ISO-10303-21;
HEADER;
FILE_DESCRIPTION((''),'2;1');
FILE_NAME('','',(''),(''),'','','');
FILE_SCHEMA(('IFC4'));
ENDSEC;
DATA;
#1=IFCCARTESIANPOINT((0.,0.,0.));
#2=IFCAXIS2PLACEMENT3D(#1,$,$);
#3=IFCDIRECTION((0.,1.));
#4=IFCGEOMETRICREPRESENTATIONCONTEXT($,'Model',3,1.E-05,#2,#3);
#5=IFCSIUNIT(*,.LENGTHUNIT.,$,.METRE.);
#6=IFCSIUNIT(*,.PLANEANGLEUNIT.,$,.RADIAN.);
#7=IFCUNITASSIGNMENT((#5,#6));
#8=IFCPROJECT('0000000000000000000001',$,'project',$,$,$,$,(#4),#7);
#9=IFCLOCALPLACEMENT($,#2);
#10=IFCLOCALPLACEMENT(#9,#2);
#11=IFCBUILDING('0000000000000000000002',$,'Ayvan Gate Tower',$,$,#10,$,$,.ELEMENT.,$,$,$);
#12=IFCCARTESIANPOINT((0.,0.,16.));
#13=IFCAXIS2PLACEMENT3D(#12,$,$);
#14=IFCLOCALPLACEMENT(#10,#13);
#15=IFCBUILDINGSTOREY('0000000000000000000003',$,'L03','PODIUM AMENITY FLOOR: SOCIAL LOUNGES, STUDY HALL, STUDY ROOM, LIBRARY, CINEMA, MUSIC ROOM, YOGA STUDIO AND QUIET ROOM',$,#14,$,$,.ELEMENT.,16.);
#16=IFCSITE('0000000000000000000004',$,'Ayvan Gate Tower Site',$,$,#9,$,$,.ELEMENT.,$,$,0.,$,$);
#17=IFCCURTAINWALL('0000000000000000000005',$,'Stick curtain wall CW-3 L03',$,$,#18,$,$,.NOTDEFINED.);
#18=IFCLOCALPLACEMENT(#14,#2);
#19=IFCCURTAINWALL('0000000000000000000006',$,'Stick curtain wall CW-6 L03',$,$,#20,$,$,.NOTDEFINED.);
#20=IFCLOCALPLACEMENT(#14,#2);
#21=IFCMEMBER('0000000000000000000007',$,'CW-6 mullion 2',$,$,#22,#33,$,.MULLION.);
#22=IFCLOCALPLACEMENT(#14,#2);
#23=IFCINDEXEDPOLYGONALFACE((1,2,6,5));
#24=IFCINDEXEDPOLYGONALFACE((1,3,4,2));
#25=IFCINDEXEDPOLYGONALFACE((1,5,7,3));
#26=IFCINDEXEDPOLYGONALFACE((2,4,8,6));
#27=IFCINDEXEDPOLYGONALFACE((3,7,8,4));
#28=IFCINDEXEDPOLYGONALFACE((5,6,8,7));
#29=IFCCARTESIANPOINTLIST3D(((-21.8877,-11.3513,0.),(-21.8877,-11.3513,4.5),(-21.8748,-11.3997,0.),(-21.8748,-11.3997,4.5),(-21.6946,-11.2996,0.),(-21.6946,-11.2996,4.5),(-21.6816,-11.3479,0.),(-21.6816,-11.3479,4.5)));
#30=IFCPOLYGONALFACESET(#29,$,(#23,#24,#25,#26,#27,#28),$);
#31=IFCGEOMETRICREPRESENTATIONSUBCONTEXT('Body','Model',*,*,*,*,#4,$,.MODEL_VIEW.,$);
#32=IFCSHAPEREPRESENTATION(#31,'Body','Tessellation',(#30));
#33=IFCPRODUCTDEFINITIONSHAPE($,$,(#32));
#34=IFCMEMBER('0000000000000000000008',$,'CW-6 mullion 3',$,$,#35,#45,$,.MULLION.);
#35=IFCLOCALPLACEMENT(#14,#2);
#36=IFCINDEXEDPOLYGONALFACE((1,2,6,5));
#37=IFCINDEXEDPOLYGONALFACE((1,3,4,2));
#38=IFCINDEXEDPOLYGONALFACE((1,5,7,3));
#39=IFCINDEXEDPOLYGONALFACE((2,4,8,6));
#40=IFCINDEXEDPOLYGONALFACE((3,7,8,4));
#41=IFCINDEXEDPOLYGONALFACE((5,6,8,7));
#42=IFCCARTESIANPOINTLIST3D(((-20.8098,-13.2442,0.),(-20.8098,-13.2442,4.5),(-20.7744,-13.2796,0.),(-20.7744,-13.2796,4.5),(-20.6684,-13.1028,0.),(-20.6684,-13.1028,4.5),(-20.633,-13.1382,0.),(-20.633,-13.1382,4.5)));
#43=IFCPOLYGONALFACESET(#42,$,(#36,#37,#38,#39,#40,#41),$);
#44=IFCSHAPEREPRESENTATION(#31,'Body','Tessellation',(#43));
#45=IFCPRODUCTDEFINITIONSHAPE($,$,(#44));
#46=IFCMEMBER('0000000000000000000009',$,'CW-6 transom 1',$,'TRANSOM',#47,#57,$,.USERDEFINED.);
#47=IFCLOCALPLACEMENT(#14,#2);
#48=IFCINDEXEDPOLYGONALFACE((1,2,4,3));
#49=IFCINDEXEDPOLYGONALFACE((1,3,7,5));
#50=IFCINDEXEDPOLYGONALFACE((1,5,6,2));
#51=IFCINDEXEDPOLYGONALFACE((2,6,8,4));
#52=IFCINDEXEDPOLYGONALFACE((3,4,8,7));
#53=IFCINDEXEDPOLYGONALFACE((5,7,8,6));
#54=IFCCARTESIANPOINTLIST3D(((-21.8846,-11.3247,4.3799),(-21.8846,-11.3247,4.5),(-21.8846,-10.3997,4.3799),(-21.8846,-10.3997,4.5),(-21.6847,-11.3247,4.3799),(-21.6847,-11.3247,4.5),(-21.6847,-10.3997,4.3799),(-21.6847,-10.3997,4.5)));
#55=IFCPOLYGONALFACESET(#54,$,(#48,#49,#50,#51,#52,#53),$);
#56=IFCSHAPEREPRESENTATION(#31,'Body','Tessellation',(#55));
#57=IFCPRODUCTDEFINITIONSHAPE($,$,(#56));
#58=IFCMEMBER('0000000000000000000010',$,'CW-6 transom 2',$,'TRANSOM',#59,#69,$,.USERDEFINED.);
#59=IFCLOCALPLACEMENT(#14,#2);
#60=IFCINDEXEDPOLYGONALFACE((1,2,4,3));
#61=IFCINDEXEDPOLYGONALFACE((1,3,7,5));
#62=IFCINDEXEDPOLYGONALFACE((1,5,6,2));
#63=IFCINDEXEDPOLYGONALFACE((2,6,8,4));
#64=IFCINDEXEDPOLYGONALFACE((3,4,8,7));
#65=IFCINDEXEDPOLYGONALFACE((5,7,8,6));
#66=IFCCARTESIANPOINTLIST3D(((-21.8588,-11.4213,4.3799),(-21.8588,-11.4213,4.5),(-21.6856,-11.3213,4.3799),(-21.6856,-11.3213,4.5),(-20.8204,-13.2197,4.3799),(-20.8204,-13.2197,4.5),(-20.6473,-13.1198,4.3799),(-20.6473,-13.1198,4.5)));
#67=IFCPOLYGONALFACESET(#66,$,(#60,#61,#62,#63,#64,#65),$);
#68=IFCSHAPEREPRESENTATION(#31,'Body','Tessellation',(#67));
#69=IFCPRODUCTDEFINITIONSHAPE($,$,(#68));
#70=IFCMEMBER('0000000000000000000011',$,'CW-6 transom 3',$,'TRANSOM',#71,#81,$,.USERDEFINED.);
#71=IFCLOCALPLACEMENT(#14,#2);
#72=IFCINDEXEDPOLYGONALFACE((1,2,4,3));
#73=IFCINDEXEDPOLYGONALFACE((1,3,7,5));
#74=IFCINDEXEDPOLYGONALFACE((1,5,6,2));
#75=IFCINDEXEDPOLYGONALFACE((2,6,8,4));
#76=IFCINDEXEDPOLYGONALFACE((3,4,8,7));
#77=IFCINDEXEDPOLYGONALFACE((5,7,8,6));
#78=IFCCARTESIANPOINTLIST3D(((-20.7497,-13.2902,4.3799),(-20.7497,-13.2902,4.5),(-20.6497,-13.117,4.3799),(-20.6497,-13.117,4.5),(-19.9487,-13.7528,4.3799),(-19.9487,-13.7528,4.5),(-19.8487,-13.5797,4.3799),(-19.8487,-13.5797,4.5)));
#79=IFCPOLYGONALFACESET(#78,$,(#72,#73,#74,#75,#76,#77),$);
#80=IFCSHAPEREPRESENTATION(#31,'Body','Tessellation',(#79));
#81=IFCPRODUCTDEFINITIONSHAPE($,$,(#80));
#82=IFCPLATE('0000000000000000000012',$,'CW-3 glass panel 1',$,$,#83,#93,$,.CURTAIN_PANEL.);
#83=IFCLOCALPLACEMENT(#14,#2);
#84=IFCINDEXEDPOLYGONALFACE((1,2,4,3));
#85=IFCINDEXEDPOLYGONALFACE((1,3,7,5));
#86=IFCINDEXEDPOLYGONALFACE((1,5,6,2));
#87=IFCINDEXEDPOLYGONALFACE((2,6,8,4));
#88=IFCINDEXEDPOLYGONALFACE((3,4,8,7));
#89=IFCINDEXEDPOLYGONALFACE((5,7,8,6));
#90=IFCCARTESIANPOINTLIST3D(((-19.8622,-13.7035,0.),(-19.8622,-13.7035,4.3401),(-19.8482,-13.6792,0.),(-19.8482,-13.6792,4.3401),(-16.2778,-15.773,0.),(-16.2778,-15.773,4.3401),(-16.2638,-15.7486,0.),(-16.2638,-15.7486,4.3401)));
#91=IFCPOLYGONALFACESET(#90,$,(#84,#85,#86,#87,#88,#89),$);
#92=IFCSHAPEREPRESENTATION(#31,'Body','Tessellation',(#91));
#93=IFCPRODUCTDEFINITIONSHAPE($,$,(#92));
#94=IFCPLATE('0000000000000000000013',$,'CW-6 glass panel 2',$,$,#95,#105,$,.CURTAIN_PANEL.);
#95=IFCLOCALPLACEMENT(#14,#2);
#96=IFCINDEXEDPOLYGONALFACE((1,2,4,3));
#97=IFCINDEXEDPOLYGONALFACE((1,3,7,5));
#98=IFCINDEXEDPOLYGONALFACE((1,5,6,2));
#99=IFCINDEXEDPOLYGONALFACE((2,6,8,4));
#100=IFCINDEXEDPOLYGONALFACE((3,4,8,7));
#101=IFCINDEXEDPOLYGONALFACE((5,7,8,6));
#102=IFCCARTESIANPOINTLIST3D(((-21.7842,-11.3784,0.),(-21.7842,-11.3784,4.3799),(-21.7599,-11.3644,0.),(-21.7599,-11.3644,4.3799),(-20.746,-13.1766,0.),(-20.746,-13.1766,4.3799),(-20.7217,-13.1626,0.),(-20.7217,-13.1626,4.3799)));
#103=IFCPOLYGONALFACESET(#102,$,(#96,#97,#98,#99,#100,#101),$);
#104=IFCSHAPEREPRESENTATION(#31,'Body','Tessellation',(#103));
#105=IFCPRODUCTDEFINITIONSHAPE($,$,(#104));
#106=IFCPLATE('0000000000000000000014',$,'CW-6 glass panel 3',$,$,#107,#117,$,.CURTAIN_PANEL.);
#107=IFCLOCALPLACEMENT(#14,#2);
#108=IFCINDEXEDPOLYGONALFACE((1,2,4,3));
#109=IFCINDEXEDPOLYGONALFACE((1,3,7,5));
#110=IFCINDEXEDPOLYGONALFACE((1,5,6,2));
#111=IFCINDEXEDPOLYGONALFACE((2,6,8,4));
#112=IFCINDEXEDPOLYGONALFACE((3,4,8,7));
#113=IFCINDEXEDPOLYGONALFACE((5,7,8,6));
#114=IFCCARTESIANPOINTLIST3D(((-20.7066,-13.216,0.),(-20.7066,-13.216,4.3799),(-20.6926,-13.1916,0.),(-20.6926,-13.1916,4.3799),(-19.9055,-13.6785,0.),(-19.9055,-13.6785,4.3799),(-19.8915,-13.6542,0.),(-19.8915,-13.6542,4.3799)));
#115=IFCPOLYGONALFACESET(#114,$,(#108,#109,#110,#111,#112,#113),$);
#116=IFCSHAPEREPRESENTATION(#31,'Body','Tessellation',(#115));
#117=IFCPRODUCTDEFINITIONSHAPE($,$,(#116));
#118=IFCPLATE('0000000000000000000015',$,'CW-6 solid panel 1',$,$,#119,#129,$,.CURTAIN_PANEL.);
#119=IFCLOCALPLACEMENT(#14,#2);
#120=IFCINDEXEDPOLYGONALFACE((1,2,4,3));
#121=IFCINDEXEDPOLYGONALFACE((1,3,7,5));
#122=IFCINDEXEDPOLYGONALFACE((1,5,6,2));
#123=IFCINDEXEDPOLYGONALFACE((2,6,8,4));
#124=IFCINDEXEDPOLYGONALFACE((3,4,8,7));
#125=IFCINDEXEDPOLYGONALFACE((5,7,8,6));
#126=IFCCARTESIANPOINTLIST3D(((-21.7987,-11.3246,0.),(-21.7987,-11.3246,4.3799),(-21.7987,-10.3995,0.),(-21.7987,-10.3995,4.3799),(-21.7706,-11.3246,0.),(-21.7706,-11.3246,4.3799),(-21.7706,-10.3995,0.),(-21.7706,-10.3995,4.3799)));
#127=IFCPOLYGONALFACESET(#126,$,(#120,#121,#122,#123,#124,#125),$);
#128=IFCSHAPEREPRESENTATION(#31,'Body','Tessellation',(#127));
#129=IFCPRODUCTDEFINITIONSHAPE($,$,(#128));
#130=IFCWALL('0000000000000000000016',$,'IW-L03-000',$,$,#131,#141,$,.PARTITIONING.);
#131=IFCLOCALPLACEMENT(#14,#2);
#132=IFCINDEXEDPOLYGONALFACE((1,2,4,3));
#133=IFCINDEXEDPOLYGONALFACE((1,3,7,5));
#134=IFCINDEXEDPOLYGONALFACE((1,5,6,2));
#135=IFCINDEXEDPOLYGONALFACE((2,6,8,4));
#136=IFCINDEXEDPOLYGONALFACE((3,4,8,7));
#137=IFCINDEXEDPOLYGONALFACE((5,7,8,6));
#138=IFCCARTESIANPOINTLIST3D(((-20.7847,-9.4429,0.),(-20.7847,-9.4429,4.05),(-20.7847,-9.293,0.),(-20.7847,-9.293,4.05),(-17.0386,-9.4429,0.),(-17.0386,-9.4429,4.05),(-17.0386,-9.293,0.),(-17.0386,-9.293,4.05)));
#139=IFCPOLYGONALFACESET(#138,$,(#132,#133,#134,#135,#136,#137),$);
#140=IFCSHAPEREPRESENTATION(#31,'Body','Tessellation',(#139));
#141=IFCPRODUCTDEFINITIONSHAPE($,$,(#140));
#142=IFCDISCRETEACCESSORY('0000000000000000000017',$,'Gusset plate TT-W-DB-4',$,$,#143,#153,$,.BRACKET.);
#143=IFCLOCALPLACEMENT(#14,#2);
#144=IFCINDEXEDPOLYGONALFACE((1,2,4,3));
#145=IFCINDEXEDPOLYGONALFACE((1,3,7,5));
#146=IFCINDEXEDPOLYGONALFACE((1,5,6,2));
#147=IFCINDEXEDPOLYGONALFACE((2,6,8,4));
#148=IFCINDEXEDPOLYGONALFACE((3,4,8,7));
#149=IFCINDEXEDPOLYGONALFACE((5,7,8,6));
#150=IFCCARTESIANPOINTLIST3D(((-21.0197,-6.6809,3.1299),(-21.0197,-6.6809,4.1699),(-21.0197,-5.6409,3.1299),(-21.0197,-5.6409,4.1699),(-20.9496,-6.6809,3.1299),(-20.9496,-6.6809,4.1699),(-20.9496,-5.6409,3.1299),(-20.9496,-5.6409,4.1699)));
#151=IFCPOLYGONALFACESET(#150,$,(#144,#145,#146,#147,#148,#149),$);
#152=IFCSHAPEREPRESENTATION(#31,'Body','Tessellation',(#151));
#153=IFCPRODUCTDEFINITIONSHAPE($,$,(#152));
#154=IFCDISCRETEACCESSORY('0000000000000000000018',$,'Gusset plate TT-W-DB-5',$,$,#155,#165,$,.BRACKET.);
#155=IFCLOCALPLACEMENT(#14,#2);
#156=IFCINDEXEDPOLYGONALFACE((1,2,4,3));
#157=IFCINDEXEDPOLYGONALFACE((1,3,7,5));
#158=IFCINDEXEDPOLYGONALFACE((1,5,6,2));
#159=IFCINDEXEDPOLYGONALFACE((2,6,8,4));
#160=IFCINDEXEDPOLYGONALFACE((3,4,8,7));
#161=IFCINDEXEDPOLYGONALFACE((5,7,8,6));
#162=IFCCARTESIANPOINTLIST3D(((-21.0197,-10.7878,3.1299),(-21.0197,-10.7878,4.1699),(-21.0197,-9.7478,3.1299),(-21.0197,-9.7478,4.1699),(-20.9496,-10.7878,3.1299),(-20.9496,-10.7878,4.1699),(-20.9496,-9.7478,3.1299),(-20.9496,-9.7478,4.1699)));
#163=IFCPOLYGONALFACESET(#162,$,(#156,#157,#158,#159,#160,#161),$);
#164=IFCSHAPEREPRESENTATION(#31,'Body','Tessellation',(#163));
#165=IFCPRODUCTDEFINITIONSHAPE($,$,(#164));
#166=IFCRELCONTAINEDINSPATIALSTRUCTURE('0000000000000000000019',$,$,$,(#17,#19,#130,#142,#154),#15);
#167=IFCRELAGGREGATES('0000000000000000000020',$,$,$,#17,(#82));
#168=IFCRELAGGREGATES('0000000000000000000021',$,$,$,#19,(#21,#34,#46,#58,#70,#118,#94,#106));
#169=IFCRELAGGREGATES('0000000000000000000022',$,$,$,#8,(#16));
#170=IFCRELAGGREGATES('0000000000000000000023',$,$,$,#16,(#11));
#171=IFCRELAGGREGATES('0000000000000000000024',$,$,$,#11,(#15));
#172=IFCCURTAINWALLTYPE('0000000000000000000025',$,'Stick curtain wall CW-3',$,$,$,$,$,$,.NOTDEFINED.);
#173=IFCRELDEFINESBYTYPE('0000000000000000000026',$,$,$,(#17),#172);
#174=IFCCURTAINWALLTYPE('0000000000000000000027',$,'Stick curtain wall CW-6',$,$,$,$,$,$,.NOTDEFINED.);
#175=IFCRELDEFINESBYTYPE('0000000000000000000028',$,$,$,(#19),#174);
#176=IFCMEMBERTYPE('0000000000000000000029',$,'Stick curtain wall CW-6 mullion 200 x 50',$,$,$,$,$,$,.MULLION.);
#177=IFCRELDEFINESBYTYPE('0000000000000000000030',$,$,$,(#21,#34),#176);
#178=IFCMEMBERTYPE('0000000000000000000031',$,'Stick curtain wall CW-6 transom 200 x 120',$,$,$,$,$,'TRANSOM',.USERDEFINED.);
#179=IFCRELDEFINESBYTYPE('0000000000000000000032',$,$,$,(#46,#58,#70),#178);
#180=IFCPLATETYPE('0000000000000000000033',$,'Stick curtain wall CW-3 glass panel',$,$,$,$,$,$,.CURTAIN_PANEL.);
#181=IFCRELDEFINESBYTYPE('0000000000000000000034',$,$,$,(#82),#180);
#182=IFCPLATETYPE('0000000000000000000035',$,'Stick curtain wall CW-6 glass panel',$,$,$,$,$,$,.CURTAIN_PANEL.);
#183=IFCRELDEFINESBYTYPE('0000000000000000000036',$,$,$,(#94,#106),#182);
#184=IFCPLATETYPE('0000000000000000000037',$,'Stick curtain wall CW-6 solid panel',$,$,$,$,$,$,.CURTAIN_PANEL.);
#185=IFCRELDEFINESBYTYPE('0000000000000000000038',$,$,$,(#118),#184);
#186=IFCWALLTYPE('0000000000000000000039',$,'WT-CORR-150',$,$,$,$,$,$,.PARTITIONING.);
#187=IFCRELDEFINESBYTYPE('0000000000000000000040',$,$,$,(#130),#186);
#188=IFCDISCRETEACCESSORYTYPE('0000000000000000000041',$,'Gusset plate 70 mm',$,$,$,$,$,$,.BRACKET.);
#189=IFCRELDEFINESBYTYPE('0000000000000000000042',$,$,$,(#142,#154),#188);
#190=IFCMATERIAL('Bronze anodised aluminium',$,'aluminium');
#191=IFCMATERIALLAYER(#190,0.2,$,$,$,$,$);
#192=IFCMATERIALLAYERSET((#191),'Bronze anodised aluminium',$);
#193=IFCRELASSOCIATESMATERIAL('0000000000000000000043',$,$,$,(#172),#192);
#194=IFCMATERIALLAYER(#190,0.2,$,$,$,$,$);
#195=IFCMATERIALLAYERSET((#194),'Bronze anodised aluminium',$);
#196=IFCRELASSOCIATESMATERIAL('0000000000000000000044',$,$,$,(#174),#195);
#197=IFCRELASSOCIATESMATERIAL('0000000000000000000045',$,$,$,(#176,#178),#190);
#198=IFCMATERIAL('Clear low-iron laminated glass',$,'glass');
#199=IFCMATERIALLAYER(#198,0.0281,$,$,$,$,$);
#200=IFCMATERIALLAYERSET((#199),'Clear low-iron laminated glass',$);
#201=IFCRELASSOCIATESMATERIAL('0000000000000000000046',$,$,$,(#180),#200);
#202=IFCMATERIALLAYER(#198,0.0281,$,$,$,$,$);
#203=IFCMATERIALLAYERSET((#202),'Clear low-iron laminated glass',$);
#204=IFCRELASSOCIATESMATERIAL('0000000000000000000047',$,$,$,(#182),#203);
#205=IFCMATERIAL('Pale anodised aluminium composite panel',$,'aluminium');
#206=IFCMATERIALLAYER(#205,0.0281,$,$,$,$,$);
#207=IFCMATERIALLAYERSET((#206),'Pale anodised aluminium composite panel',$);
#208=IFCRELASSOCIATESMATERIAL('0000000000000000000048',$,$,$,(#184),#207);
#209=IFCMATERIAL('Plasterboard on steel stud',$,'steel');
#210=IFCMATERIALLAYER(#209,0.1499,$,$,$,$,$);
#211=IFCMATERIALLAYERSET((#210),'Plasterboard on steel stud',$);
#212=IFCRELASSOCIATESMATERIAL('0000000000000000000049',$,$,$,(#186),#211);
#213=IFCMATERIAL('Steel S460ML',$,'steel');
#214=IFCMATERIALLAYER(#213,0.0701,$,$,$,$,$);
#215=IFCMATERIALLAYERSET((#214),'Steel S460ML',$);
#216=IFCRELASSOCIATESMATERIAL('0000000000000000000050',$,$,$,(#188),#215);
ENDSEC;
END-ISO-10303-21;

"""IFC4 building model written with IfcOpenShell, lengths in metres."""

from ifc_helpers import new_model, si_unit, direction, frame, frame_2d, origin, origin_2d, place, context, subcontext, project, spatial, rectangle, extrude, material, layer, layer_set, material_profile, profile_set, type_object, element, aggregate, save


model = new_model("IFC4")

# Units and contexts
model_context = context("Model", 3, precision=1e-05, world=origin(), true_north=direction((0.0, 1.0)))
body_context = subcontext(model_context, "Body", "Model", "MODEL_VIEW")
ifc_project = project(units=[si_unit("LENGTHUNIT", "METRE"), si_unit("PLANEANGLEUNIT", "RADIAN")], contexts=[model_context])

# Site, building, storey
site_placement = place(None, origin())
site = spatial("IfcSite", under=ifc_project, at=site_placement, Name="Ayvan Gate Tower Site", CompositionType="ELEMENT", RefElevation=0.0)
building_placement = place(site_placement, origin())
building = spatial("IfcBuilding", under=site, at=building_placement, Name="Ayvan Gate Tower", CompositionType="ELEMENT")
storey_placement = place(building_placement, frame((0.0, 0.0, 16.0)))
storey = spatial("IfcBuildingStorey", under=building, at=storey_placement, Name="L03", Description="PODIUM AMENITY FLOOR: SOCIAL LOUNGES, STUDY HALL, STUDY ROOM, LIBRARY, CINEMA, MUSIC ROOM, YOGA STUDIO AND QUIET ROOM", CompositionType="ELEMENT", Elevation=16.0)

# Curtain walls, members
ifc_material_1 = material(Name="Bronze anodised aluminium", Category="aluminium")
ifc_layer_1 = layer(ifc_material_1, 0.2)
ifc_layer_set_1 = layer_set([ifc_layer_1], Name="Bronze anodised aluminium")
curtain_wall_type_1 = type_object("IfcCurtainWallType", Name="Stick curtain wall CW-3", PredefinedType="NOTDEFINED", material=ifc_layer_set_1)
curtain_wall_1_placement = place(storey_placement, origin())
curtain_wall_1 = element("IfcCurtainWall", 1, at=curtain_wall_1_placement, inside=storey, type_object=curtain_wall_type_1, Name="Stick curtain wall CW-3 L03", PredefinedType="NOTDEFINED")
ifc_layer_2 = layer(ifc_material_1, 0.2)
ifc_layer_set_2 = layer_set([ifc_layer_2], Name="Bronze anodised aluminium")
curtain_wall_type_2 = type_object("IfcCurtainWallType", Name="Stick curtain wall CW-6", PredefinedType="NOTDEFINED", material=ifc_layer_set_2)
curtain_wall_2_placement = place(storey_placement, origin())
curtain_wall_2 = element("IfcCurtainWall", 2, at=curtain_wall_2_placement, inside=storey, type_object=curtain_wall_type_2, Name="Stick curtain wall CW-6 L03", PredefinedType="NOTDEFINED")
ifc_material_profile_1 = material_profile(ifc_material_1, rectangle(XDim=0.2, YDim=0.05, at=origin_2d()), Name="Stick curtain wall CW-6 mullion 200 x 50")
ifc_profile_set_1 = profile_set([ifc_material_profile_1], Name="Bronze anodised aluminium")
member_type_1 = type_object("IfcMemberType", Name="Stick curtain wall CW-6 mullion 200 x 50", PredefinedType="MULLION", material=ifc_profile_set_1)
member_1_placement = place(storey_placement, frame((-21.7847, -11.3496, 0.0), z_axis=(0.0, 0.0, 1.0), x_axis=(-0.965926, -0.258819, 0.0)))
member_1 = element("IfcMember", 3, at=member_1_placement, type_object=member_type_1, Name="CW-6 mullion 2", PredefinedType="MULLION", context=body_context, shape_type="SweptSolid", body=[
    extrude(rectangle(XDim=0.2, YDim=0.05, at=origin_2d()), origin(), (0.0, 0.0, 1.0), 4.5),
])
member_2_placement = place(storey_placement, frame((-20.7214, -13.1912, 0.0), z_axis=(0.0, 0.0, 1.0), x_axis=(-0.707107, -0.707107, 0.0)))
member_2 = element("IfcMember", 4, at=member_2_placement, type_object=member_type_1, Name="CW-6 mullion 3", PredefinedType="MULLION", context=body_context, shape_type="SweptSolid", body=[
    extrude(rectangle(XDim=0.2, YDim=0.05, at=origin_2d()), origin(), (0.0, 0.0, 1.0), 4.5),
])
ifc_material_profile_2 = material_profile(ifc_material_1, rectangle(XDim=0.2, YDim=0.1201, at=origin_2d()), Name="Stick curtain wall CW-6 transom 200 x 120")
ifc_profile_set_2 = profile_set([ifc_material_profile_2], Name="Bronze anodised aluminium")
member_type_2 = type_object("IfcMemberType", Name="Stick curtain wall CW-6 transom 200 x 120", ElementType="TRANSOM", PredefinedType="USERDEFINED", material=ifc_profile_set_2)
member_3_placement = place(storey_placement, frame((-21.7847, -10.3997, 4.4399), z_axis=(0.0, -1.0, 0.0), x_axis=(1.0, 0.0, 0.0)))
member_3 = element("IfcMember", 5, at=member_3_placement, type_object=member_type_2, Name="CW-6 transom 1", ObjectType="TRANSOM", PredefinedType="USERDEFINED", context=body_context, shape_type="SweptSolid", body=[
    extrude(rectangle(XDim=0.2, YDim=0.1201, at=origin_2d()), origin(), (0.0, 0.0, 1.0), 0.925),
])
member_4_placement = place(storey_placement, frame((-21.7722, -11.3713, 4.4399), z_axis=(0.500021, -0.866013, 0.0), x_axis=(0.866013, 0.500021, 0.0)))
member_4 = element("IfcMember", 6, at=member_4_placement, type_object=member_type_2, Name="CW-6 transom 2", ObjectType="TRANSOM", PredefinedType="USERDEFINED", context=body_context, shape_type="SweptSolid", body=[
    extrude(rectangle(XDim=0.2, YDim=0.1201, at=origin_2d()), origin(), (0.0, 0.0, 1.0), 2.0767),
])
member_5_placement = place(storey_placement, frame((-20.6997, -13.2036, 4.4399), z_axis=(0.865944, -0.500141, 0.0), x_axis=(0.500141, 0.865944, 0.0)))
member_5 = element("IfcMember", 7, at=member_5_placement, type_object=member_type_2, Name="CW-6 transom 3", ObjectType="TRANSOM", PredefinedType="USERDEFINED", context=body_context, shape_type="SweptSolid", body=[
    extrude(rectangle(XDim=0.2, YDim=0.1201, at=origin_2d()), origin(), (0.0, 0.0, 1.0), 0.925),
])

# Plates
ifc_material_2 = material(Name="Clear low-iron laminated glass", Category="glass")
ifc_layer_3 = layer(ifc_material_2, 0.0281)
ifc_layer_set_3 = layer_set([ifc_layer_3], Name="Clear low-iron laminated glass")
plate_type_1 = type_object("IfcPlateType", Name="Stick curtain wall CW-3 glass panel", PredefinedType="CURTAIN_PANEL", material=ifc_layer_set_3)
plate_1_placement = place(storey_placement, frame((-18.063, -14.7261, 0.0), z_axis=(0.0, 0.0, 1.0), x_axis=(0.866025, -0.5, 0.0)))
plate_1 = element("IfcPlate", 8, at=plate_1_placement, type_object=plate_type_1, Name="CW-3 glass panel 1", PredefinedType="CURTAIN_PANEL", context=body_context, shape_type="SweptSolid", body=[
    extrude(rectangle(XDim=4.1389, YDim=0.0281, at=origin_2d()), origin(), (0.0, 0.0, 1.0), 4.3401),
])
aggregate(curtain_wall_1, [plate_1])
ifc_layer_4 = layer(ifc_material_2, 0.0281)
ifc_layer_set_4 = layer_set([ifc_layer_4], Name="Clear low-iron laminated glass")
plate_type_2 = type_object("IfcPlateType", Name="Stick curtain wall CW-6 glass panel", PredefinedType="CURTAIN_PANEL", material=ifc_layer_set_4)
plate_2_placement = place(storey_placement, frame((-21.2529, -12.2705, 0.0), z_axis=(0.0, 0.0, 1.0), x_axis=(0.5, -0.866025, 0.0)))
plate_2 = element("IfcPlate", 9, at=plate_2_placement, type_object=plate_type_2, Name="CW-6 glass panel 2", PredefinedType="CURTAIN_PANEL", context=body_context, shape_type="SweptSolid", body=[
    extrude(rectangle(XDim=2.0764, YDim=0.0281, at=origin_2d()), origin(), (0.0, 0.0, 1.0), 4.3799),
])
plate_3_placement = place(storey_placement, frame((-20.2991, -13.4351, 0.0), z_axis=(0.0, 0.0, 1.0), x_axis=(0.866025, -0.5, 0.0)))
plate_3 = element("IfcPlate", 10, at=plate_3_placement, type_object=plate_type_2, Name="CW-6 glass panel 3", PredefinedType="CURTAIN_PANEL", context=body_context, shape_type="SweptSolid", body=[
    extrude(rectangle(XDim=0.925, YDim=0.0281, at=origin_2d()), origin(), (0.0, 0.0, 1.0), 4.3799),
])
ifc_material_3 = material(Name="Pale anodised aluminium composite panel", Category="aluminium")
ifc_layer_5 = layer(ifc_material_3, 0.0281)
ifc_layer_set_5 = layer_set([ifc_layer_5], Name="Pale anodised aluminium composite panel")
plate_type_3 = type_object("IfcPlateType", Name="Stick curtain wall CW-6 solid panel", PredefinedType="CURTAIN_PANEL", material=ifc_layer_set_5)
plate_4_placement = place(storey_placement, frame((-21.7847, -10.8621, 0.0), z_axis=(0.0, 0.0, 1.0), x_axis=(0.0, -1.0, 0.0)))
plate_4 = element("IfcPlate", 11, at=plate_4_placement, type_object=plate_type_3, Name="CW-6 solid panel 1", PredefinedType="CURTAIN_PANEL", context=body_context, shape_type="SweptSolid", body=[
    extrude(rectangle(XDim=0.925, YDim=0.0281, at=origin_2d()), origin(), (0.0, 0.0, 1.0), 4.3799),
])
aggregate(curtain_wall_2, [member_1, member_2, member_3, member_4, member_5, plate_4, plate_2, plate_3])

# Wall
ifc_material_4 = material(Name="Plasterboard on steel stud", Category="steel")
ifc_layer_6 = layer(ifc_material_4, 0.1499)
ifc_layer_set_6 = layer_set([ifc_layer_6], Name="Plasterboard on steel stud")
wall_type = type_object("IfcWallType", Name="WT-CORR-150", PredefinedType="PARTITIONING", material=ifc_layer_set_6)
wall_placement = place(storey_placement, frame((-20.7847, -9.3679, 0.0), z_axis=(0.0, 0.0, 1.0), x_axis=(1.0, 0.0, 0.0)))
element("IfcWall", 12, at=wall_placement, inside=storey, type_object=wall_type, Name="IW-L03-000", PredefinedType="PARTITIONING", context=body_context, shape_type="SweptSolid", body=[
    extrude(rectangle(XDim=3.7461, YDim=0.1499, at=frame_2d((1.873, 0.0))), origin(), (0.0, 0.0, 1.0), 4.05),
])

# Discrete accessories
ifc_material_5 = material(Name="Steel S460ML", Category="steel")
ifc_layer_7 = layer(ifc_material_5, 0.0701)
ifc_layer_set_7 = layer_set([ifc_layer_7], Name="Steel S460ML")
discrete_accessory_type = type_object("IfcDiscreteAccessoryType", Name="Gusset plate 70 mm", PredefinedType="BRACKET", material=ifc_layer_set_7)
for number, where, z_axis, x_axis, name in (
    (13, (-20.9846, -6.1609, 3.1299), (0.0, 0.0, 1.0), (0.0, 1.0, 0.0), "Gusset plate TT-W-DB-4"),
    (14, (-20.9846, -10.2678, 3.1299), (0.0, 0.0, 1.0), (0.0, 1.0, 0.0), "Gusset plate TT-W-DB-5"),
):
    element("IfcDiscreteAccessory", number, at=place(storey_placement, frame(where, z_axis=z_axis, x_axis=x_axis)), inside=storey, type_object=discrete_accessory_type, Name=name, PredefinedType="BRACKET", context=body_context, shape_type="SweptSolid", body=[
        extrude(rectangle(XDim=1.04, YDim=0.0701, at=origin_2d()), origin(), (0.0, 0.0, 1.0), 1.04),
    ])

save(model, "model.ifc")
